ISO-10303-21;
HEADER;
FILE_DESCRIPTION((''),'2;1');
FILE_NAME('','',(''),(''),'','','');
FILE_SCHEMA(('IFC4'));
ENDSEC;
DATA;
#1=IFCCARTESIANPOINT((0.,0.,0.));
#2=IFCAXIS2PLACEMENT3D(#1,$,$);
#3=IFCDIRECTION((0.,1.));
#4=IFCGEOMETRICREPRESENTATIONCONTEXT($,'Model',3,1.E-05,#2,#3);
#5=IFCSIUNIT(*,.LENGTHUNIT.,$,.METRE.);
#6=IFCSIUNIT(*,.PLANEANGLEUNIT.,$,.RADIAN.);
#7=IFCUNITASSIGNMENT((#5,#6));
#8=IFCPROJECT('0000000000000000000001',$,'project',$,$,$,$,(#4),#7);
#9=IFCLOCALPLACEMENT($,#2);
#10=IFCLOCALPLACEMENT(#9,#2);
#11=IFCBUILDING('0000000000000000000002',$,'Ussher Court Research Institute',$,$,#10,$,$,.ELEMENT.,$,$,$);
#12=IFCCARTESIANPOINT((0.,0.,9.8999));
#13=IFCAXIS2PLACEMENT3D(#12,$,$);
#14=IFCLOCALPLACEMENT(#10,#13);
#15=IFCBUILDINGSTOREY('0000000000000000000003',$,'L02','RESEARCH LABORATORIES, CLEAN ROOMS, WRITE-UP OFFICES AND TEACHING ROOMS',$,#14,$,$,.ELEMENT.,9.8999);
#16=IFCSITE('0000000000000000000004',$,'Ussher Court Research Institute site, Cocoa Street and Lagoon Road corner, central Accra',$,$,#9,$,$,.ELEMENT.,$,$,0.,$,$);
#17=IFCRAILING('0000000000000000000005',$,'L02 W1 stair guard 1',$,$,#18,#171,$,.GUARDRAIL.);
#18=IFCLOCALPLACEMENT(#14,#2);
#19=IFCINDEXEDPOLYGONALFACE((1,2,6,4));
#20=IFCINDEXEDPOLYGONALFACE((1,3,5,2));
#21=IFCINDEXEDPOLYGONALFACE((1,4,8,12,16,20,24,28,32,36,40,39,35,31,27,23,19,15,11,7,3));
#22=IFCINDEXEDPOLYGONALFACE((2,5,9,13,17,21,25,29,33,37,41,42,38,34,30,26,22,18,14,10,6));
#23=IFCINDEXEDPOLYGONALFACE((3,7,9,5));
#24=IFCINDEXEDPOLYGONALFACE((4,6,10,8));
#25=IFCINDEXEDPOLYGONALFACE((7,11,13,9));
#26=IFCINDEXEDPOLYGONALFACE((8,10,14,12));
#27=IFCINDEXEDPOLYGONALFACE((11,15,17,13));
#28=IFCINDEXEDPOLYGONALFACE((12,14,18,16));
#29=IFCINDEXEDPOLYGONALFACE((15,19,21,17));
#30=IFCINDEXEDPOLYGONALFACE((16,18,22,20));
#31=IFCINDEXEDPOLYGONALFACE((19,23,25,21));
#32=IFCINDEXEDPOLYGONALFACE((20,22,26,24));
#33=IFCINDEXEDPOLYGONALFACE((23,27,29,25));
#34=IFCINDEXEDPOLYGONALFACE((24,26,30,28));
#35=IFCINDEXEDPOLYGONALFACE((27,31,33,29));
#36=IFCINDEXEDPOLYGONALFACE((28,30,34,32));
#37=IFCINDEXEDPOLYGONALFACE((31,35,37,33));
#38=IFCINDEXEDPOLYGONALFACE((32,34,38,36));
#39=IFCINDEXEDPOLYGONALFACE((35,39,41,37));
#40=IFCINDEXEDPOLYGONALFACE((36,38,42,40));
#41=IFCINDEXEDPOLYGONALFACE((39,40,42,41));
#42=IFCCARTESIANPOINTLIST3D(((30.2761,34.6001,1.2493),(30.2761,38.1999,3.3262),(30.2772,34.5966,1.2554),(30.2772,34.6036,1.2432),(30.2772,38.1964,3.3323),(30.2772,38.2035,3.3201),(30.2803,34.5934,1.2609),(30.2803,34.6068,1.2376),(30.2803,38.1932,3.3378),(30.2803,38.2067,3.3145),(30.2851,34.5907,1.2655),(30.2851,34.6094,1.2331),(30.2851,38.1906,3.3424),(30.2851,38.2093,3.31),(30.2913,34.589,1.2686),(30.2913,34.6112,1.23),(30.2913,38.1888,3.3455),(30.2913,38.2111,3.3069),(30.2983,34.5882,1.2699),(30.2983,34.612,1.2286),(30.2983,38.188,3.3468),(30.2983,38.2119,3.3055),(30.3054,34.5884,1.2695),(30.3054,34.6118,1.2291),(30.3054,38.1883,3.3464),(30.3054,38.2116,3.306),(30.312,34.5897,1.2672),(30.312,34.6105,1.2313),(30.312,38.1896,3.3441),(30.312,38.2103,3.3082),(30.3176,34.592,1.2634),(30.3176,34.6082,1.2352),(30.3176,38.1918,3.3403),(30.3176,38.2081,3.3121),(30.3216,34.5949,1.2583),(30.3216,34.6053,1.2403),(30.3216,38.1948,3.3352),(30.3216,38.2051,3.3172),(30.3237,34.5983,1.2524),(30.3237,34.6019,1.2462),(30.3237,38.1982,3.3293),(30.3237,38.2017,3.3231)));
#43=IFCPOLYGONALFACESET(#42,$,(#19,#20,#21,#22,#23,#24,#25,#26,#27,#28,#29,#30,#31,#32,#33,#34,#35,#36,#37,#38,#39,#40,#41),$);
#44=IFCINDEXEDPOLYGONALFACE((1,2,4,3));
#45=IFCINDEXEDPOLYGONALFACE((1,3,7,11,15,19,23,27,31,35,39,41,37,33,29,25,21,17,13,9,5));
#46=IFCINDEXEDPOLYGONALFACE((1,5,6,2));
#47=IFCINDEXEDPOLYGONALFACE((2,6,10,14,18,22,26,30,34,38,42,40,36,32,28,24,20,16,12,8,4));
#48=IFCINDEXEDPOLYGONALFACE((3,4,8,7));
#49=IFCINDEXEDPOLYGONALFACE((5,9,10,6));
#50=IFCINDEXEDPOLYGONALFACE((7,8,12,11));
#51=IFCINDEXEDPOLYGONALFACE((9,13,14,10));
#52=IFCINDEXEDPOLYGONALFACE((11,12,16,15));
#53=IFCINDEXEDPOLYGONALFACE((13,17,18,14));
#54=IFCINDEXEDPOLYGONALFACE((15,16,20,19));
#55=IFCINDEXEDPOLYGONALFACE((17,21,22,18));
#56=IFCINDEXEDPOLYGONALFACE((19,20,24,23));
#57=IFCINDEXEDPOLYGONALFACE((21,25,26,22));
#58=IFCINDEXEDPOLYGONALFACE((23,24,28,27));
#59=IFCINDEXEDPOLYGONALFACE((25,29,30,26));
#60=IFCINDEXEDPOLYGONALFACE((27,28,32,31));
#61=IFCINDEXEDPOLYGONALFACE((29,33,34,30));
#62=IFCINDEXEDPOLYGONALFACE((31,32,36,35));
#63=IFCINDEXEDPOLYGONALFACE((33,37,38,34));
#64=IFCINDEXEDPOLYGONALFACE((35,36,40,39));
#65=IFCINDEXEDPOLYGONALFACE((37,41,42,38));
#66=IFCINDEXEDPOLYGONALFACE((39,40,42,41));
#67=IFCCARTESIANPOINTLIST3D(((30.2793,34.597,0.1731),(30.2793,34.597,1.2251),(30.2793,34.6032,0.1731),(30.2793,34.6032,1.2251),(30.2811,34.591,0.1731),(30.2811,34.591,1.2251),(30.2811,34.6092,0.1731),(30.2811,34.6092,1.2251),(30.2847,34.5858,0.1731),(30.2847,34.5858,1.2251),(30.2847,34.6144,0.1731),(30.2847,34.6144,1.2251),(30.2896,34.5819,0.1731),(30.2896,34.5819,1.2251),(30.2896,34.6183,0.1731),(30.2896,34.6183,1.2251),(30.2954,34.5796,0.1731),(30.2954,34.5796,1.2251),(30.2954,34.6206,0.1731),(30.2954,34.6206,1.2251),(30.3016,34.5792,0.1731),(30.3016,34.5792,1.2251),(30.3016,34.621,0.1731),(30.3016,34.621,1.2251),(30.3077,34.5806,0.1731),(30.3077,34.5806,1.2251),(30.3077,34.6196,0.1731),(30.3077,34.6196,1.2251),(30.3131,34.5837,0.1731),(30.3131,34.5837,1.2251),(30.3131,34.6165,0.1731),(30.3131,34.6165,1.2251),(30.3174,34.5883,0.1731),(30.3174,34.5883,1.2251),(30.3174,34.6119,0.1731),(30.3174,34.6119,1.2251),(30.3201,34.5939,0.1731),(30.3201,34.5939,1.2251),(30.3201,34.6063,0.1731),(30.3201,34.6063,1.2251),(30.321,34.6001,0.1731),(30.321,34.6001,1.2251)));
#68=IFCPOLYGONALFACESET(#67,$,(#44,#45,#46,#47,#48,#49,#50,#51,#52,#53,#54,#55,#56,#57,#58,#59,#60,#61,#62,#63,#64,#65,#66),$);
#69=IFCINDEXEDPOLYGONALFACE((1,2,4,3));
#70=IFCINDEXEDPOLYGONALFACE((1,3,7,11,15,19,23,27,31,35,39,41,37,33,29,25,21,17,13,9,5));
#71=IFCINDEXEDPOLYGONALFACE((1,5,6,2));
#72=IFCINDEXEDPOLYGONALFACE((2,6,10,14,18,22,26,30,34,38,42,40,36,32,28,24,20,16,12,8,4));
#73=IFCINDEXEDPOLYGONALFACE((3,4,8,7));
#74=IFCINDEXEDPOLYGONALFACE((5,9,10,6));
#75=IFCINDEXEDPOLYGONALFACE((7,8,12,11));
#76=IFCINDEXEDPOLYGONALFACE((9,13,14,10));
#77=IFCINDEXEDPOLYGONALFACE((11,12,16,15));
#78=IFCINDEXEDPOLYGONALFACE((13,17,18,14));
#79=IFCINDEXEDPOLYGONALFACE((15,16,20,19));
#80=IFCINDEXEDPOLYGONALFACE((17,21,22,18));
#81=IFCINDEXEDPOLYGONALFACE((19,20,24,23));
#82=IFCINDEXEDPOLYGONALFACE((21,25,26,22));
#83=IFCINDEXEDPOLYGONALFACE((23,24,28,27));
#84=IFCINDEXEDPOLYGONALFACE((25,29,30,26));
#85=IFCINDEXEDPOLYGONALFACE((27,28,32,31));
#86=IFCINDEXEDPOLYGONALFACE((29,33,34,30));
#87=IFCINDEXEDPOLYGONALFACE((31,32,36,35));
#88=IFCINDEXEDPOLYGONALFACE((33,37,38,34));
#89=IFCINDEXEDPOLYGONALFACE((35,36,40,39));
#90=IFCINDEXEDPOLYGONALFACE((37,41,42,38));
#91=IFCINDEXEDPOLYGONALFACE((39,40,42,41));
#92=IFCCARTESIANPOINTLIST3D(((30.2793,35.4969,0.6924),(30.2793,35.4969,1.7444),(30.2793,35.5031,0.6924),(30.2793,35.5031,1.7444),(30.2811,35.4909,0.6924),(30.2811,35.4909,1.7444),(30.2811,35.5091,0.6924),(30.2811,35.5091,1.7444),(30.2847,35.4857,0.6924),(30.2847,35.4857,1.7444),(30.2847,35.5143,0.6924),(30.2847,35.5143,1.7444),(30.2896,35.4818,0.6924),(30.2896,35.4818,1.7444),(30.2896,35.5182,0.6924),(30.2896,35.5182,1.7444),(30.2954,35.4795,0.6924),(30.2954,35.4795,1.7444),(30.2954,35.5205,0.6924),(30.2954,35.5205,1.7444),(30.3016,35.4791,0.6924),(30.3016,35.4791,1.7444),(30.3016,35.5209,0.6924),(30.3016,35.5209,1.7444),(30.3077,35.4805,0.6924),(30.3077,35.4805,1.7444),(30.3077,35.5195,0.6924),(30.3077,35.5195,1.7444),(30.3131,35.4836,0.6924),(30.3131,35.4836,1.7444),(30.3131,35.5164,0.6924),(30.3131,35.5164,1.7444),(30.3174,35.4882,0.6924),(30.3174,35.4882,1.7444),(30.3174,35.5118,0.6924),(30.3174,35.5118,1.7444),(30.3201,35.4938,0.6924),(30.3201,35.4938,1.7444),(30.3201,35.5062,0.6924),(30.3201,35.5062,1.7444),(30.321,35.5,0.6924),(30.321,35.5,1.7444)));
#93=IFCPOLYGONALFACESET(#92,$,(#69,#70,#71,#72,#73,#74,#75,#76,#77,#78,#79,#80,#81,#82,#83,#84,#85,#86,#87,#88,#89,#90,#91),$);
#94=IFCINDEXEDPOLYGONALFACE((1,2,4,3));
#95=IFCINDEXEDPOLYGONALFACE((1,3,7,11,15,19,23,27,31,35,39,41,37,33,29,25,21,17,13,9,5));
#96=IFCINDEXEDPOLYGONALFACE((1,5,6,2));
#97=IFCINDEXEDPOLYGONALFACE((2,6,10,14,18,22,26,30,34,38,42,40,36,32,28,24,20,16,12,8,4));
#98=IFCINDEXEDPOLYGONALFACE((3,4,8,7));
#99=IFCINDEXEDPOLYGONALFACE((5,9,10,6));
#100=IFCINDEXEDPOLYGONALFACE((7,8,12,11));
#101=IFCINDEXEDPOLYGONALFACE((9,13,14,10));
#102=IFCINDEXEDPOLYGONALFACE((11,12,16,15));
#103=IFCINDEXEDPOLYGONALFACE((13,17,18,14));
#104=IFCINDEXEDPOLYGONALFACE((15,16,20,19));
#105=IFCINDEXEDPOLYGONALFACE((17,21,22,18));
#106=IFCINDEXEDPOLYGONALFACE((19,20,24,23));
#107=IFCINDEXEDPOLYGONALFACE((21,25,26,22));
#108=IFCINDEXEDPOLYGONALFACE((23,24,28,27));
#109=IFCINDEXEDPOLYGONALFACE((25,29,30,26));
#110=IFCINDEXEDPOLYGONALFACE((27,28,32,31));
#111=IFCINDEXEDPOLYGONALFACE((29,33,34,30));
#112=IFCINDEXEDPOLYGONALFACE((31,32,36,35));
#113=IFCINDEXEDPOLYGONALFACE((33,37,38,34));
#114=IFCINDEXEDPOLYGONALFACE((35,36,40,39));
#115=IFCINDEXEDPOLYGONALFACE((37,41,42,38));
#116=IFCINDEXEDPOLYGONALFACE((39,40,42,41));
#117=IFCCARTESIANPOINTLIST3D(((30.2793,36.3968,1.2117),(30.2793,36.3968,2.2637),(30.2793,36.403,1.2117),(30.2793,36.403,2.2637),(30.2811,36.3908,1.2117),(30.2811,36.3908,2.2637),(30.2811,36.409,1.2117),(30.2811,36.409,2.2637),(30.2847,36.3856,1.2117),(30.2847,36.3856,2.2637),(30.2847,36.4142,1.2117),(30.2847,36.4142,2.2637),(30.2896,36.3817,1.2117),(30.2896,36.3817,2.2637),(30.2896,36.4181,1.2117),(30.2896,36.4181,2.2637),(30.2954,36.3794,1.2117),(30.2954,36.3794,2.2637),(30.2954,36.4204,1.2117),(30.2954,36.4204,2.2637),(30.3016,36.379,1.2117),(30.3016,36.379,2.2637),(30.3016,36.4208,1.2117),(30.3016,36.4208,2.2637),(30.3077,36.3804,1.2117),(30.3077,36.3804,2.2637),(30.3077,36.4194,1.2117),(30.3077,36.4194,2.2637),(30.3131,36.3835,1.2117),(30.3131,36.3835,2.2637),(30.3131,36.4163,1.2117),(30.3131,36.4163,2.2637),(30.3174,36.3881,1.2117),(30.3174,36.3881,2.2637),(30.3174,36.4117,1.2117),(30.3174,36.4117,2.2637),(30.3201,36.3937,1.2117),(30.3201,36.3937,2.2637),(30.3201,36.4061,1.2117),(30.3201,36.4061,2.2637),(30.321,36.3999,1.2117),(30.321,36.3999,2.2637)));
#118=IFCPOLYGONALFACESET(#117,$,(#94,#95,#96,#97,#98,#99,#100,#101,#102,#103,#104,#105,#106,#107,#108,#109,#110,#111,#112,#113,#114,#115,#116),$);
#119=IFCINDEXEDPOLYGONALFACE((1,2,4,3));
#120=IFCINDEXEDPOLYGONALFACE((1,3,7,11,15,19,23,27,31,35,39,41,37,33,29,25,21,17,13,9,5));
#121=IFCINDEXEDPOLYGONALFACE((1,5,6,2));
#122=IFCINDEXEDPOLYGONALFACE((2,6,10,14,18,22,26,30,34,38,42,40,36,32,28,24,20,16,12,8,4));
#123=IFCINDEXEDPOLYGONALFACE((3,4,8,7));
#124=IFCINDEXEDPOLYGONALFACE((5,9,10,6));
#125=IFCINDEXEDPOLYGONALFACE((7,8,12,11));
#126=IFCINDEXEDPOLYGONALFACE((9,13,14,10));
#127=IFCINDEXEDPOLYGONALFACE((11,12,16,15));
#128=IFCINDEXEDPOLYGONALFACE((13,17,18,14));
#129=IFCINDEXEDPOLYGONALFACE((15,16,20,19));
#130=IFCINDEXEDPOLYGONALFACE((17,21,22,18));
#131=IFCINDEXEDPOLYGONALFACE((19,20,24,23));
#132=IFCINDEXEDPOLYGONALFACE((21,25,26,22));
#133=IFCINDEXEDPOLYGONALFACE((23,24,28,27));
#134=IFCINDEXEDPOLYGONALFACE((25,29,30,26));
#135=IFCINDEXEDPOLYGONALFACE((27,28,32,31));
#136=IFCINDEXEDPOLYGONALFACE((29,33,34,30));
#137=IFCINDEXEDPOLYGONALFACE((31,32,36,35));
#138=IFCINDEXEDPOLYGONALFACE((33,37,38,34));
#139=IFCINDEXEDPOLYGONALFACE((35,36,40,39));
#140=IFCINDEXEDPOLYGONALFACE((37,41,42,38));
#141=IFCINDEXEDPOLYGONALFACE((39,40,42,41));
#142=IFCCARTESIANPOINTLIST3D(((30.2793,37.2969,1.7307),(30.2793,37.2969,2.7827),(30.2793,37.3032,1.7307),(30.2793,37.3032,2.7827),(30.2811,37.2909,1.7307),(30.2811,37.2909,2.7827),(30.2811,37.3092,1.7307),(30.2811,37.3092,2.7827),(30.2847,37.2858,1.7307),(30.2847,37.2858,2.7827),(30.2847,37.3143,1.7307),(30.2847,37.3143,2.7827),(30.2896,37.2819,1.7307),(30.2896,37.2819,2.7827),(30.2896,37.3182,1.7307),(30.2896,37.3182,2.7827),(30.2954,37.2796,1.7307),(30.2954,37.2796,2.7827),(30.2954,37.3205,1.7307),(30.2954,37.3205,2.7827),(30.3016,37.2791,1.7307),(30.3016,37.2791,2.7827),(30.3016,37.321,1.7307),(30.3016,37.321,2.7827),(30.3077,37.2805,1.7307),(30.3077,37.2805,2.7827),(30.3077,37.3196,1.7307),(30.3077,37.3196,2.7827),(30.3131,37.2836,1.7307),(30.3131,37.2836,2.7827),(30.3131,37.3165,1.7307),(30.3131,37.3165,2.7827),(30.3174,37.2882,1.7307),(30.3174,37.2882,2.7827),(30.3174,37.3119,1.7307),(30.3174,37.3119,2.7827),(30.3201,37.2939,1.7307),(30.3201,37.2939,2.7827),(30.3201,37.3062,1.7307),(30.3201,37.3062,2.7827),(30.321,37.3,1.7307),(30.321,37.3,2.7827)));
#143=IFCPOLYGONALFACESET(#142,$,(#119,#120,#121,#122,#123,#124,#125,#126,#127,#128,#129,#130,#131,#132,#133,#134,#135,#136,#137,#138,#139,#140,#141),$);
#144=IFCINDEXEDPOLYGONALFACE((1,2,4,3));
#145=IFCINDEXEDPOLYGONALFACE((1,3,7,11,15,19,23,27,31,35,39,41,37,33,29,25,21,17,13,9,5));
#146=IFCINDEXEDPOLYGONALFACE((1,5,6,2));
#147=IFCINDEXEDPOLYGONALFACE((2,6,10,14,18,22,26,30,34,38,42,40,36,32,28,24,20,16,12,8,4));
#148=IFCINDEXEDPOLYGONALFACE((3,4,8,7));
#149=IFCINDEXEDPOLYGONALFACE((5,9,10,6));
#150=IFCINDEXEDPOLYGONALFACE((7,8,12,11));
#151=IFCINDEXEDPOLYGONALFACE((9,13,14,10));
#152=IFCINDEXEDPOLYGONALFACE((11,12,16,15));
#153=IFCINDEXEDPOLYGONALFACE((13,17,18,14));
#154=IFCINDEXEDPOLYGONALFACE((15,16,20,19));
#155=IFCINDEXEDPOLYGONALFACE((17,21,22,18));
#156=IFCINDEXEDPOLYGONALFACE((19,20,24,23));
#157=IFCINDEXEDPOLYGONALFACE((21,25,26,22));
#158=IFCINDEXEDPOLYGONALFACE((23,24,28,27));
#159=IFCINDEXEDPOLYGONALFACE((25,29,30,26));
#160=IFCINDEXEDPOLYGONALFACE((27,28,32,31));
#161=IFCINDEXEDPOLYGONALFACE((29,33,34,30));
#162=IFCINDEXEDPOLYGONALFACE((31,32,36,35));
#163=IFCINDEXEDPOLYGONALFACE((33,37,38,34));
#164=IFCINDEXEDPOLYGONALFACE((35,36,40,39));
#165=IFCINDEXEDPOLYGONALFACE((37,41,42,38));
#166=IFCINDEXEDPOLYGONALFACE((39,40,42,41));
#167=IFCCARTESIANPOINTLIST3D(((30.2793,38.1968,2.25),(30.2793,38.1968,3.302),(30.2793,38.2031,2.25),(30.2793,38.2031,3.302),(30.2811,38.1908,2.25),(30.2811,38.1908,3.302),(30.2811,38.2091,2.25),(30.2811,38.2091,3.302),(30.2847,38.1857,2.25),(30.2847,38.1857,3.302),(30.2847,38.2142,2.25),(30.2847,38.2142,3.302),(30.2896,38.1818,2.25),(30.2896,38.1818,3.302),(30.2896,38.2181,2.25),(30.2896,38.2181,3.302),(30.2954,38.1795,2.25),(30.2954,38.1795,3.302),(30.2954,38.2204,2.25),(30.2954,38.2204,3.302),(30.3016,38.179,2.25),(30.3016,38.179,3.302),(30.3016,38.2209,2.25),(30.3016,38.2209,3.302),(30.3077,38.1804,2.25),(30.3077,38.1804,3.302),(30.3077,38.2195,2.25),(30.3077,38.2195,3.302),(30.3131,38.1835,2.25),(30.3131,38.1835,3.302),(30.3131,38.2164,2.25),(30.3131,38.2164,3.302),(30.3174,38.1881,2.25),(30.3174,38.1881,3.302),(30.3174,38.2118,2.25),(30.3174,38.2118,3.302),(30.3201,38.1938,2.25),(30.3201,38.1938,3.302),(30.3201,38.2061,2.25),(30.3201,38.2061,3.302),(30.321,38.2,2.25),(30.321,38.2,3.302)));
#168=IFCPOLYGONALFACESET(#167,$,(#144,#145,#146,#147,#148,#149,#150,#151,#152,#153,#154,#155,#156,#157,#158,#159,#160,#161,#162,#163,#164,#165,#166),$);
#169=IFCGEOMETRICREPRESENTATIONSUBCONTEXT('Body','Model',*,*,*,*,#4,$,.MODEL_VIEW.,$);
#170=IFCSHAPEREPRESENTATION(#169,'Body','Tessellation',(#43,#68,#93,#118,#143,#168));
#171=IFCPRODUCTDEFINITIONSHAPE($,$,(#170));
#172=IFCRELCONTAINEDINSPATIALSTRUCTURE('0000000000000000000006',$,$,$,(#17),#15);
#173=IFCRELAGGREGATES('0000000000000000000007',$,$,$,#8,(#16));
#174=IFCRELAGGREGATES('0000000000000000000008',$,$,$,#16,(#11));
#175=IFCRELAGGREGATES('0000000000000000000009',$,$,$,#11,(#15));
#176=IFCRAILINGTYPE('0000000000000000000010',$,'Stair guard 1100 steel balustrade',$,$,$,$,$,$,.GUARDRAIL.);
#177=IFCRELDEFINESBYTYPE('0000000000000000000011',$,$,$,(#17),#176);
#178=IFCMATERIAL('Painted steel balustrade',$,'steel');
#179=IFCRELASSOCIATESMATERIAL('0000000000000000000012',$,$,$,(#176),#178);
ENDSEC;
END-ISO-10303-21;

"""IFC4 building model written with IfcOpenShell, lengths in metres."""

from ifc_helpers import new_model, si_unit, direction, frame, origin, origin_2d, place, context, subcontext, project, spatial, circle, extrude, material, type_object, element, save


model = new_model("IFC4")

# Units and contexts
model_context = context("Model", 3, precision=1e-05, world=origin(), true_north=direction((0.0, 1.0)))
body_context = subcontext(model_context, "Body", "Model", "MODEL_VIEW")
ifc_project = project(units=[si_unit("LENGTHUNIT", "METRE"), si_unit("PLANEANGLEUNIT", "RADIAN")], contexts=[model_context])

# Site, building, storey
site_placement = place(None, origin())
site = spatial("IfcSite", under=ifc_project, at=site_placement, Name="Ussher Court Research Institute site, Cocoa Street and Lagoon Road corner, central Accra", CompositionType="ELEMENT", RefElevation=0.0)
building_placement = place(site_placement, origin())
building = spatial("IfcBuilding", under=site, at=building_placement, Name="Ussher Court Research Institute", CompositionType="ELEMENT")
storey_placement = place(building_placement, frame((0.0, 0.0, 9.8999)))
storey = spatial("IfcBuildingStorey", under=building, at=storey_placement, Name="L02", Description="RESEARCH LABORATORIES, CLEAN ROOMS, WRITE-UP OFFICES AND TEACHING ROOMS", CompositionType="ELEMENT", Elevation=9.8999)

# Railing
ifc_material_1 = material(Name="Painted steel balustrade", Category="steel")
railing_type_1 = type_object("IfcRailingType", Name="Stair guard 1100 steel balustrade", PredefinedType="GUARDRAIL", material=ifc_material_1)
railing_1_placement = place(storey_placement, frame((30.3, 34.6001, 0.1731)))
element("IfcRailing", 1, at=railing_1_placement, inside=storey, type_object=railing_type_1, Name="L02 W1 stair guard 1", PredefinedType="GUARDRAIL", context=body_context, shape_type="SweptSolid", body=[
    extrude(circle(Radius=0.0239, at=origin_2d()), frame((0.0, 0.0, 1.0762), z_axis=(0.0, 0.866179, 0.499734), x_axis=(-1.0, 0.0, 0.0)), (0.0, 0.0, 1.0), 4.156),
    extrude(circle(Radius=0.021, at=origin_2d()), origin(), (0.0, 0.0, 1.0), 1.052),
    extrude(circle(Radius=0.021, at=origin_2d()), frame((0.0, 0.8999, 0.5193)), (0.0, 0.0, 1.0), 1.052),
    extrude(circle(Radius=0.021, at=origin_2d()), frame((0.0, 1.7998, 1.0386)), (0.0, 0.0, 1.0), 1.052),
    extrude(circle(Radius=0.021, at=origin_2d()), frame((0.0, 2.7, 1.5576)), (0.0, 0.0, 1.0), 1.052),
    extrude(circle(Radius=0.021, at=origin_2d()), frame((0.0, 3.5999, 2.0769)), (0.0, 0.0, 1.0), 1.052),
])

save(model, "model.ifc")
